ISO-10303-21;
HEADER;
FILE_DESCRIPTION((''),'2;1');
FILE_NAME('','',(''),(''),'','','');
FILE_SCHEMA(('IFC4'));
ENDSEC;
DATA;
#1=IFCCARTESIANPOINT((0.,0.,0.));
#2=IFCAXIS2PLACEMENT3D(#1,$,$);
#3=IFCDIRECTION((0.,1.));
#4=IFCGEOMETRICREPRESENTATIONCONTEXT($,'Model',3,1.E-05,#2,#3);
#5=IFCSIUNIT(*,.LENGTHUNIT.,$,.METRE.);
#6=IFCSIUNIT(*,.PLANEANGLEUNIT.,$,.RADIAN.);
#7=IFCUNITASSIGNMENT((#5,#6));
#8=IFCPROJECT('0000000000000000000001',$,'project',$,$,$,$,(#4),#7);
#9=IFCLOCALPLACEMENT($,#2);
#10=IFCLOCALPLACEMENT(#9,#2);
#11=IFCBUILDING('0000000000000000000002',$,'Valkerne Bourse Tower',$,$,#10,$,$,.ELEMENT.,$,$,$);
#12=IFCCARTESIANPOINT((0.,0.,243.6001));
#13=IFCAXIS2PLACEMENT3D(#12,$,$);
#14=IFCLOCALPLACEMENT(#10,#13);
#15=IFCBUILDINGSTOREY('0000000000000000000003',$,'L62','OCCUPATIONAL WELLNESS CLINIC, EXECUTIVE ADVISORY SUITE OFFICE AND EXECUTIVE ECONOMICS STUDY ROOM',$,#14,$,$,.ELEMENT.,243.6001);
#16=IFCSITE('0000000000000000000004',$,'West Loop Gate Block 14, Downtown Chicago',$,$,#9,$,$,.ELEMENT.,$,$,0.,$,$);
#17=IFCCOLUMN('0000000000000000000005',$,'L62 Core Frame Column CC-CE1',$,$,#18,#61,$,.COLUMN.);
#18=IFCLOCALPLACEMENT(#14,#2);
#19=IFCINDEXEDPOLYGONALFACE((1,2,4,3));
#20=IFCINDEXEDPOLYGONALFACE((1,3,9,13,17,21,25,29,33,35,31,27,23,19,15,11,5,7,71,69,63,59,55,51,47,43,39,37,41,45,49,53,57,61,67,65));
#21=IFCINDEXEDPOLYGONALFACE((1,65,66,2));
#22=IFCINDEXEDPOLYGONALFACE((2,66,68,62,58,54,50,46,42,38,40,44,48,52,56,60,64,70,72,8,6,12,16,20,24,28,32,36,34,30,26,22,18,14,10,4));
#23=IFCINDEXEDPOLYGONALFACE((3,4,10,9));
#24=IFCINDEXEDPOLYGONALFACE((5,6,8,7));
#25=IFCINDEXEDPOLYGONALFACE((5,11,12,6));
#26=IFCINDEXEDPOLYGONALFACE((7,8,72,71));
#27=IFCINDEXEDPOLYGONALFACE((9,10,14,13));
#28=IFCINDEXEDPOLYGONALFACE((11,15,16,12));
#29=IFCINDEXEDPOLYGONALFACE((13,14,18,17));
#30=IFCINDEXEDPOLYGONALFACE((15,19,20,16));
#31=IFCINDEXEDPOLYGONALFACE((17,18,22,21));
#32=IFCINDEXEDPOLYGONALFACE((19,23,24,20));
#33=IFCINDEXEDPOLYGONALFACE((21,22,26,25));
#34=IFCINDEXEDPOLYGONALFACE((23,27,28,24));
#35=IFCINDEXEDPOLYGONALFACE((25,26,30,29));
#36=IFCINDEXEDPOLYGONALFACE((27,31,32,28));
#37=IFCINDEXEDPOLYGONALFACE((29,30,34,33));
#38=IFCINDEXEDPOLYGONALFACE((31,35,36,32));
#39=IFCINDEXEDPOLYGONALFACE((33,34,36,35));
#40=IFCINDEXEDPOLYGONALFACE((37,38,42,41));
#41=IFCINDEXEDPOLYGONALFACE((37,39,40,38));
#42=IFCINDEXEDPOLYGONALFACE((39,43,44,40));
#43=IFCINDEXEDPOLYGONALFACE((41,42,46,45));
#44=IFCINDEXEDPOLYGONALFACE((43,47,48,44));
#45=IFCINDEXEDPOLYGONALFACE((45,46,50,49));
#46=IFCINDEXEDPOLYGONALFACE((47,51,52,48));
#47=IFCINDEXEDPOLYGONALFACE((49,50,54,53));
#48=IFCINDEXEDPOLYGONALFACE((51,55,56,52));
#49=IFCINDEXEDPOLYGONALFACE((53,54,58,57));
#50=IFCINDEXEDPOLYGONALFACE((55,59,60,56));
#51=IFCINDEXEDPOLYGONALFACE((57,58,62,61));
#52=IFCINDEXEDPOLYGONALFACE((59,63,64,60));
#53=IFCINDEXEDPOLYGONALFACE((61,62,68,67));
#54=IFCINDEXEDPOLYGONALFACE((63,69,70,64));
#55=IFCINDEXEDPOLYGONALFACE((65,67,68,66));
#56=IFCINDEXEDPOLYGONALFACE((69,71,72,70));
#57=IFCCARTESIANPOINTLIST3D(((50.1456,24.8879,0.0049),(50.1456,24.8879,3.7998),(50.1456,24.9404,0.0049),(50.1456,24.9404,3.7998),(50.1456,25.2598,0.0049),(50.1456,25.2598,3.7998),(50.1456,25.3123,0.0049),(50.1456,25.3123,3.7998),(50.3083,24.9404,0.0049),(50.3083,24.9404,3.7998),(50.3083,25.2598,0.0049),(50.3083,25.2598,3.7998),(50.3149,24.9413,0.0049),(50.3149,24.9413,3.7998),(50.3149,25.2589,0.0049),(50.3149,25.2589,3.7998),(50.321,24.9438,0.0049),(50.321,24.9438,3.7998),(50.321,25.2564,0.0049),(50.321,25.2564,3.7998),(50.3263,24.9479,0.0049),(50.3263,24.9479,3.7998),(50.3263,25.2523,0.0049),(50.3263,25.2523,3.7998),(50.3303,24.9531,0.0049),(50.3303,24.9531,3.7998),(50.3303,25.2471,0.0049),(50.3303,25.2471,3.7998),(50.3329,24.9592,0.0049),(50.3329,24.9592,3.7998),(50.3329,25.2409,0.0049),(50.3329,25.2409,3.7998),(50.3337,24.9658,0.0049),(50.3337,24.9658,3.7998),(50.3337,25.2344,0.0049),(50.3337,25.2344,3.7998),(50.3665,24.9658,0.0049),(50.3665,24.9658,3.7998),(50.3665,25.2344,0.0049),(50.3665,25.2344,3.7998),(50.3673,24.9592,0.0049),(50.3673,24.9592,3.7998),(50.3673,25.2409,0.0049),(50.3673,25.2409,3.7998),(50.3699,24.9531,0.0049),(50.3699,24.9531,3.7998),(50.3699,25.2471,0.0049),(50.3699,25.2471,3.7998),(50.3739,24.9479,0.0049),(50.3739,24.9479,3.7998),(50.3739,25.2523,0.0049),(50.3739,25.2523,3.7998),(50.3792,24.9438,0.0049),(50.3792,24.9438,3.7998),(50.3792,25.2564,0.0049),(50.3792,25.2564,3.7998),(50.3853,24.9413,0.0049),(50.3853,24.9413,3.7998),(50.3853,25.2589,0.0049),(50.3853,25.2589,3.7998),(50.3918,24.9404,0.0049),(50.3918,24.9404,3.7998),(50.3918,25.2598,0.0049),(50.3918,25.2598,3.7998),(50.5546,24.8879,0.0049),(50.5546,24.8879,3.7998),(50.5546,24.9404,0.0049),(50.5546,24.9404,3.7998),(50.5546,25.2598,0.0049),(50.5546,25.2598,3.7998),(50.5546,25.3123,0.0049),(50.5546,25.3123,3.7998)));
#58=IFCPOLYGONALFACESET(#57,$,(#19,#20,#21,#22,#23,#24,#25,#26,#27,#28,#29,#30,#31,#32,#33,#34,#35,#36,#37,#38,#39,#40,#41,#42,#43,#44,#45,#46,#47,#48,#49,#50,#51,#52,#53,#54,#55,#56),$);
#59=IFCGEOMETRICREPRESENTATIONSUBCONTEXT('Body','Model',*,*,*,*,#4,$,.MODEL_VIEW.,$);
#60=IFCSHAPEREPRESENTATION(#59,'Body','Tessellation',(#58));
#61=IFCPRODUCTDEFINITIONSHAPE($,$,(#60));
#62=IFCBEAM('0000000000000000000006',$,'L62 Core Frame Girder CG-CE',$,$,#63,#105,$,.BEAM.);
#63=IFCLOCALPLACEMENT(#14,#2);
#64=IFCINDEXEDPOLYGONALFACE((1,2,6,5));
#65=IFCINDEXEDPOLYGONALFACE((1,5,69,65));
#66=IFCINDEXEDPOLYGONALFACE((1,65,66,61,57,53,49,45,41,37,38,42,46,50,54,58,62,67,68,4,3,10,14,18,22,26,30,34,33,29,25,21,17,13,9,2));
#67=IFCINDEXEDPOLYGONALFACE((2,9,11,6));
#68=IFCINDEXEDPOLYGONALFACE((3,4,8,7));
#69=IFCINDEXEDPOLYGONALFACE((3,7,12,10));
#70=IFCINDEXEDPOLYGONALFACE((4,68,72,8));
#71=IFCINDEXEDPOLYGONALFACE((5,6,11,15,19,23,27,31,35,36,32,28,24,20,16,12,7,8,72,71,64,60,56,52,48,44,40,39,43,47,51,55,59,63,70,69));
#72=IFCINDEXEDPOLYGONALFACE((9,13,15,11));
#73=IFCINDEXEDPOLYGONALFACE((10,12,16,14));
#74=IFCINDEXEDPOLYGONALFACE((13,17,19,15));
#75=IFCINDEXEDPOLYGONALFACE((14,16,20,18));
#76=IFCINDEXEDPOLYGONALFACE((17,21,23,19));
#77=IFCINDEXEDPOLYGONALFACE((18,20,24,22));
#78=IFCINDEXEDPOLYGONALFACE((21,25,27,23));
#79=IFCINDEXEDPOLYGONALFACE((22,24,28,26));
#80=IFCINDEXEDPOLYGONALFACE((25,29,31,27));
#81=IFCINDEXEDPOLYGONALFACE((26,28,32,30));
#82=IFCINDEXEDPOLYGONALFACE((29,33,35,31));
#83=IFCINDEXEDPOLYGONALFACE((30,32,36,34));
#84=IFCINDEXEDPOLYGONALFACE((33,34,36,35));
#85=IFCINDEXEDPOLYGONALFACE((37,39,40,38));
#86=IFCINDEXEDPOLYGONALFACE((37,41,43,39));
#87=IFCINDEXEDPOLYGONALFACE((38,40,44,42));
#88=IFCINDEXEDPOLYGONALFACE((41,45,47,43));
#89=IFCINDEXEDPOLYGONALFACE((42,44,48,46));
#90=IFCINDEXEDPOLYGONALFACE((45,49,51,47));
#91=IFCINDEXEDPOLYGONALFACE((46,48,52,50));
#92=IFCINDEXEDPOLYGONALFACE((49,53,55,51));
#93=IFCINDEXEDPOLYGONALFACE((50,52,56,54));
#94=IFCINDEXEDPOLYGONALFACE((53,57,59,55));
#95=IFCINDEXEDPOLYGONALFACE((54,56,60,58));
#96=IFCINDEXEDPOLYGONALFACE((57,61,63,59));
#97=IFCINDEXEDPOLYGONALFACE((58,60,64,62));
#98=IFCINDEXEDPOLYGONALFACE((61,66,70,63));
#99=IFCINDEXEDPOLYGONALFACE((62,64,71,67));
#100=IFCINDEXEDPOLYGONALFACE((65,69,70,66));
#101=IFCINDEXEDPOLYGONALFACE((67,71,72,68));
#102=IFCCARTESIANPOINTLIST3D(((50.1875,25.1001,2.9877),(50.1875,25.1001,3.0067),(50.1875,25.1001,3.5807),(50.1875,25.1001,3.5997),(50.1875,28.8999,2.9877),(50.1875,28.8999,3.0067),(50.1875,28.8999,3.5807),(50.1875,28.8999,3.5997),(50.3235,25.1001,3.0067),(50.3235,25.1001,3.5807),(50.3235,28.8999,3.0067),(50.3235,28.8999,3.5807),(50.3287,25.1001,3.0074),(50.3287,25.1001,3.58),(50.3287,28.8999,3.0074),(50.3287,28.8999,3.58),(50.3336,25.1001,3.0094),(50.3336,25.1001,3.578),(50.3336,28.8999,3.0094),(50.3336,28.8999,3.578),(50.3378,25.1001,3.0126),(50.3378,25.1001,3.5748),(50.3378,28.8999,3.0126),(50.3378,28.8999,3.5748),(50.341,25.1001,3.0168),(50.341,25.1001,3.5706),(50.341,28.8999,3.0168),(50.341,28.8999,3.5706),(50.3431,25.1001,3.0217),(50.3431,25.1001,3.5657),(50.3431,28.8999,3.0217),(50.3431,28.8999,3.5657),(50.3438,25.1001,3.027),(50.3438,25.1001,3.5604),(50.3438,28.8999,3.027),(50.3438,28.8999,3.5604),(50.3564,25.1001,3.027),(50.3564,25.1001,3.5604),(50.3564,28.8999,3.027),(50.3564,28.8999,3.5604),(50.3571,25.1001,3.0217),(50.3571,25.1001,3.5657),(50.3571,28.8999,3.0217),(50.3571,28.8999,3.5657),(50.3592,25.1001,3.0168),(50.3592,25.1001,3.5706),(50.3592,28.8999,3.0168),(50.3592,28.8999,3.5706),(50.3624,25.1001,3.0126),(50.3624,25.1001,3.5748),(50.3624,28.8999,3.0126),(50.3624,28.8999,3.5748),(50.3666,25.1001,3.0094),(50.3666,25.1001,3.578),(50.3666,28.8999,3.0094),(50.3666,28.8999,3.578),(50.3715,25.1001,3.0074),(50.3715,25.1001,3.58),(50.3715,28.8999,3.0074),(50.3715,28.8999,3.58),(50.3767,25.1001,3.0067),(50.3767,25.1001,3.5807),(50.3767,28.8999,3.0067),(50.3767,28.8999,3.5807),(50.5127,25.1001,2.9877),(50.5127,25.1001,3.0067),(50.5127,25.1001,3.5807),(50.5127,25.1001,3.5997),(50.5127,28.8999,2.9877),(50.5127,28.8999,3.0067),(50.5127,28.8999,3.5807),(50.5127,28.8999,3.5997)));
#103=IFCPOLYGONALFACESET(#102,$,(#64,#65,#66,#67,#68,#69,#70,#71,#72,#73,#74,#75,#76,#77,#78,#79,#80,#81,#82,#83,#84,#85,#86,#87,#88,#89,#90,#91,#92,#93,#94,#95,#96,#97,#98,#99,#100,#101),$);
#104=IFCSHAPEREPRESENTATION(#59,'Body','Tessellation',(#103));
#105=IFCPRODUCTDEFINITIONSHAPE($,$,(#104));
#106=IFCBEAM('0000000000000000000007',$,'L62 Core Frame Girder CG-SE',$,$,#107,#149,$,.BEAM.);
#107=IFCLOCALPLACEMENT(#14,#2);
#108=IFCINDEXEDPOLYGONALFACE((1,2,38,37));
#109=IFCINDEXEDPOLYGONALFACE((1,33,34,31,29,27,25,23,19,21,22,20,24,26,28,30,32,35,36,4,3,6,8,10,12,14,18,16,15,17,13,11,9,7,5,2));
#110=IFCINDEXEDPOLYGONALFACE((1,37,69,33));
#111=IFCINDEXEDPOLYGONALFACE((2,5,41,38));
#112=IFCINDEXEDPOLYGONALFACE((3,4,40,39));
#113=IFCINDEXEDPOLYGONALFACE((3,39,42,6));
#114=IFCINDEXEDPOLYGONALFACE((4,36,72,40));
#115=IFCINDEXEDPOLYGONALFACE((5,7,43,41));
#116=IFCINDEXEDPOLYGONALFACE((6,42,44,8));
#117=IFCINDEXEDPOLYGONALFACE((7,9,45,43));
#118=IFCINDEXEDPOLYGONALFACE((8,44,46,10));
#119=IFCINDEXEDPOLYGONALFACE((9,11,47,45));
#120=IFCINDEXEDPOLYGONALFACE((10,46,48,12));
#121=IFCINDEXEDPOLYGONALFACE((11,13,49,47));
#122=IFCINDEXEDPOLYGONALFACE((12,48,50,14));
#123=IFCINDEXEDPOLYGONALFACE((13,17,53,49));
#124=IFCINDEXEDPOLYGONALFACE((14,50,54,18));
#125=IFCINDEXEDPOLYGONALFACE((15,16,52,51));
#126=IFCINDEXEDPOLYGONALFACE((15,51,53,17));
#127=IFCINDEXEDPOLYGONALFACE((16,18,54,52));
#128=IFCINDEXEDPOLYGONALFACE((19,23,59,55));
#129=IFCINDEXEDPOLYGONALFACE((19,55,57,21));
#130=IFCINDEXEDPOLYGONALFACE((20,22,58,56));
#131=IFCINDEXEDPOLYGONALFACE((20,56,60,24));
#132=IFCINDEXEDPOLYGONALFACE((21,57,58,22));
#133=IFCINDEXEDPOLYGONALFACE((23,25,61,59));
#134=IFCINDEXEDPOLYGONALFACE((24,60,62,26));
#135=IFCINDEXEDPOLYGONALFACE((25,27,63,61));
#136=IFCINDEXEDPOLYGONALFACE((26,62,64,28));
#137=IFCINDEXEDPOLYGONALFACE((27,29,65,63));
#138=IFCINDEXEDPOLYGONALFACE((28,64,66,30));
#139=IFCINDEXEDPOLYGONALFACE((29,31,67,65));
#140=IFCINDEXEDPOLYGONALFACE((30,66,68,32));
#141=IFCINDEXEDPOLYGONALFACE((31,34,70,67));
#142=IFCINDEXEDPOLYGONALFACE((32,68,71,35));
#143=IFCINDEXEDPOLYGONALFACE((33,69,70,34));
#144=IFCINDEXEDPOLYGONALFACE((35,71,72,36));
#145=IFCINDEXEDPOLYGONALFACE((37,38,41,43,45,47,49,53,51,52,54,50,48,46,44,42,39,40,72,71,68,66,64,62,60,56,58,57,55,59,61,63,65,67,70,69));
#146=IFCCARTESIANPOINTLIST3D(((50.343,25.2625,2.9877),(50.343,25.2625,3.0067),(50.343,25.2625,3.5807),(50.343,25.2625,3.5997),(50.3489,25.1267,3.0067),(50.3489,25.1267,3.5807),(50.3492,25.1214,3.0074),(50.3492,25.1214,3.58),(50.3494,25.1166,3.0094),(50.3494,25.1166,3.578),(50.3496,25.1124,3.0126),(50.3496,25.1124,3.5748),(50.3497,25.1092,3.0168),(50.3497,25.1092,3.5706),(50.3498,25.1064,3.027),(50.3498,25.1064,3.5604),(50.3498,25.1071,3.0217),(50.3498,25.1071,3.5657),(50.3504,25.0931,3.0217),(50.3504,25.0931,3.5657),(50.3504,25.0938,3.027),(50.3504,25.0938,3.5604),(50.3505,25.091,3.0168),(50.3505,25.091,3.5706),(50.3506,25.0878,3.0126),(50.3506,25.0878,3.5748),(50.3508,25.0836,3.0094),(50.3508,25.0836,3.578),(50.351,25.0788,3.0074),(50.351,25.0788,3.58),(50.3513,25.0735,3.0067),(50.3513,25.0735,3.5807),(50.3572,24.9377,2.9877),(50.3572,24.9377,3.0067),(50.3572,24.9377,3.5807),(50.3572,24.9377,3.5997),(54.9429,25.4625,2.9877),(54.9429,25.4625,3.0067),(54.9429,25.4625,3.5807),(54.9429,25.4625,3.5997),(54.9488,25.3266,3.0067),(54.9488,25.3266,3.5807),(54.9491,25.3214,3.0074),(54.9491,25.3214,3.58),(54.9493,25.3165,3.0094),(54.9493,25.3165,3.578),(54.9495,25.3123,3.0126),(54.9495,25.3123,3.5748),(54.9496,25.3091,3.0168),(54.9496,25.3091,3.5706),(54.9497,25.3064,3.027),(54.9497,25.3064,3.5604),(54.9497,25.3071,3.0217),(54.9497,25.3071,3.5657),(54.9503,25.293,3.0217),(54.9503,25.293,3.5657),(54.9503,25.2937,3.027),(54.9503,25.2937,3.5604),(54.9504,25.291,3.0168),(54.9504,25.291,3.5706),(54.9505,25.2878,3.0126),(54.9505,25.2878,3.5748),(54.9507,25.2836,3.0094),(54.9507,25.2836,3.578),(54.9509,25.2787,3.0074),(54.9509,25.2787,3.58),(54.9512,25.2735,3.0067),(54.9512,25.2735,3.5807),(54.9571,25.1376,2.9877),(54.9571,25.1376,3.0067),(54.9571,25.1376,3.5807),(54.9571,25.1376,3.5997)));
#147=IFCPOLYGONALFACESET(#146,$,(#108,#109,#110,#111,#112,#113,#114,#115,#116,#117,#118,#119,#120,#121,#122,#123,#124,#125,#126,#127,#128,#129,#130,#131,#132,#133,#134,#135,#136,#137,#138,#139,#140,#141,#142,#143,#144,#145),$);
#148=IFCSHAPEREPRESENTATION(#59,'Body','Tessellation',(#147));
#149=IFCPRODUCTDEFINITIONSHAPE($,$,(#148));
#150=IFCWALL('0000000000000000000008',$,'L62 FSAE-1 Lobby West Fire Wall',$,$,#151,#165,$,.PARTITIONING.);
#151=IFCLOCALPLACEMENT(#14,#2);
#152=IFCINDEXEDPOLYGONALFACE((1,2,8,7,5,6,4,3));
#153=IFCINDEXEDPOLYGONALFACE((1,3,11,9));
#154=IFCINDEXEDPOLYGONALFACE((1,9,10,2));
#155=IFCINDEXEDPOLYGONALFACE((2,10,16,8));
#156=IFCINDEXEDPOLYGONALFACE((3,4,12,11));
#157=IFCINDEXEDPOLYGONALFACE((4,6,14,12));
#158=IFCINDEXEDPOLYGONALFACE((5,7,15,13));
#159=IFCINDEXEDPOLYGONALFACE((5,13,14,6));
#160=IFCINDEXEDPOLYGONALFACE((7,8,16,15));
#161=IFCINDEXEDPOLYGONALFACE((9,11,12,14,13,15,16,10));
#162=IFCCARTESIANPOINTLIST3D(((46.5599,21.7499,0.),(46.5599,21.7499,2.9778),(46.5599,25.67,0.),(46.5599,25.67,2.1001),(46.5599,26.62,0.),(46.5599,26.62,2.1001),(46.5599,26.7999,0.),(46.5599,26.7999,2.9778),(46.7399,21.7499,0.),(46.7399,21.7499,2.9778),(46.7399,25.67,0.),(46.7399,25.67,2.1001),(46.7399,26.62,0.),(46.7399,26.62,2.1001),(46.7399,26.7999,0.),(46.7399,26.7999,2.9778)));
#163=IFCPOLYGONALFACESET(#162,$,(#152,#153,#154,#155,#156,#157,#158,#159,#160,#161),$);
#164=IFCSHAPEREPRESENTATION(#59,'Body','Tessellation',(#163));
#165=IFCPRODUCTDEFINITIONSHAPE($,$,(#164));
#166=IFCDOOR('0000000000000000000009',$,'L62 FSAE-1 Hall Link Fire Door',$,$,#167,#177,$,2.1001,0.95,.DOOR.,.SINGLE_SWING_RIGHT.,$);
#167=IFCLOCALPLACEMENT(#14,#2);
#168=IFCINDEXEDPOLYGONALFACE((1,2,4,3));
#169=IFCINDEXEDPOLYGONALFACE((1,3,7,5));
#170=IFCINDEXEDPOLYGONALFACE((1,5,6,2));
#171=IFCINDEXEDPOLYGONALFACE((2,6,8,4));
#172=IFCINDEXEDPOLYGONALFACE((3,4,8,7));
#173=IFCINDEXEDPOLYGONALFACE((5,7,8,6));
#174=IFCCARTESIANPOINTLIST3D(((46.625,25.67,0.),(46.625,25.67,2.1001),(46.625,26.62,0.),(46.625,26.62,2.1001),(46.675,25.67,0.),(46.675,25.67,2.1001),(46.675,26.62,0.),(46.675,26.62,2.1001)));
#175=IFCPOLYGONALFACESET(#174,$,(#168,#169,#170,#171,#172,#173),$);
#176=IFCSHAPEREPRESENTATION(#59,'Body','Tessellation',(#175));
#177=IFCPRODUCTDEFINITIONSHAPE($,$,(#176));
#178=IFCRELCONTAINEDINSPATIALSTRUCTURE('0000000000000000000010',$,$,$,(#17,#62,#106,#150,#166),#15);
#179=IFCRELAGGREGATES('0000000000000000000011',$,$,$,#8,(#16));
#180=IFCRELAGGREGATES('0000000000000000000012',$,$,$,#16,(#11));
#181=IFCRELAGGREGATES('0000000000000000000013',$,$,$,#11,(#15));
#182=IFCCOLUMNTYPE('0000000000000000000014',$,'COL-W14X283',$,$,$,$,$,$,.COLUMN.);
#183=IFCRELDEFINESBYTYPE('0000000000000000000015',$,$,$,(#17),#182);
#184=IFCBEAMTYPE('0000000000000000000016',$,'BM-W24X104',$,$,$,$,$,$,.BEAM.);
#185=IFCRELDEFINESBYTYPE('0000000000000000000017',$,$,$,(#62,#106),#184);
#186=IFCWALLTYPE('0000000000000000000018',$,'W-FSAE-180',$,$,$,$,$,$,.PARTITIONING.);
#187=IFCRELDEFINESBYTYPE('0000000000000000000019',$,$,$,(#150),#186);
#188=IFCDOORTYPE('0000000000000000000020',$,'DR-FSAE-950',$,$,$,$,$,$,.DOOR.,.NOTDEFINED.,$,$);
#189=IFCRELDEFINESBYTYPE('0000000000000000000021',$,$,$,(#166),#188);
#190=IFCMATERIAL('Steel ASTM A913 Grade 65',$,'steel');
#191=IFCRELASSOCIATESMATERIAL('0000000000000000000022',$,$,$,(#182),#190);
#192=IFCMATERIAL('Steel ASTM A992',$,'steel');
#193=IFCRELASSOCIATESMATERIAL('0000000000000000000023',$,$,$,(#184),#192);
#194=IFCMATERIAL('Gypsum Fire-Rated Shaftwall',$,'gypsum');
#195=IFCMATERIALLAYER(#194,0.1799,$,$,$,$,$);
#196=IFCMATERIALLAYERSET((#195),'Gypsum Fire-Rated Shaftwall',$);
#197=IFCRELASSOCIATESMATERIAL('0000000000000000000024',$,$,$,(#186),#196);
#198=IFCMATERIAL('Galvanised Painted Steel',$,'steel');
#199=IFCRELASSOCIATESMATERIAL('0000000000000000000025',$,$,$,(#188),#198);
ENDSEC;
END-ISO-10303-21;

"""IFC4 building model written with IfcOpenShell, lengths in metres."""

from ifc_helpers import new_model, si_unit, direction, frame, frame_2d, origin, origin_2d, place, context, subcontext, project, spatial, rectangle, i_section, extrude, material, layer, layer_set, material_profile, profile_set, type_object, element, fill, save


model = new_model("IFC4")

# Units and contexts
model_context = context("Model", 3, precision=1e-05, world=origin(), true_north=direction((0.0, 1.0)))
body_context = subcontext(model_context, "Body", "Model", "MODEL_VIEW")
ifc_project = project(units=[si_unit("LENGTHUNIT", "METRE"), si_unit("PLANEANGLEUNIT", "RADIAN")], contexts=[model_context])

# Site, building, storey
site_placement = place(None, origin())
site = spatial("IfcSite", under=ifc_project, at=site_placement, Name="West Loop Gate Block 14, Downtown Chicago", CompositionType="ELEMENT", RefElevation=0.0)
building_placement = place(site_placement, origin())
building = spatial("IfcBuilding", under=site, at=building_placement, Name="Valkerne Bourse Tower", CompositionType="ELEMENT")
storey_placement = place(building_placement, frame((0.0, 0.0, 243.6001)))
storey = spatial("IfcBuildingStorey", under=building, at=storey_placement, Name="L62", Description="OCCUPATIONAL WELLNESS CLINIC, EXECUTIVE ADVISORY SUITE OFFICE AND EXECUTIVE ECONOMICS STUDY ROOM", CompositionType="ELEMENT", Elevation=243.6001)

# Column
ifc_material_1 = material(Name="Steel ASTM A913 Grade 65", Category="steel")
ifc_material_profile_1 = material_profile(ifc_material_1, i_section(OverallWidth=0.4089, OverallDepth=0.4243, WebThickness=0.0327, FlangeThickness=0.0525, FilletRadius=0.0254, at=origin_2d()), Name="W14X283")
ifc_profile_set_1 = profile_set([ifc_material_profile_1], Name="Steel ASTM A913 Grade 65")
column_type = type_object("IfcColumnType", Name="COL-W14X283", PredefinedType="COLUMN", material=ifc_profile_set_1)
column_placement = place(storey_placement, frame((50.3501, 25.1001, 0.0049), z_axis=(0.0, 0.0, 1.0), x_axis=(1.0, 0.0, 0.0)))
element("IfcColumn", 1, at=column_placement, inside=storey, type_object=column_type, Name="L62 Core Frame Column CC-CE1", PredefinedType="COLUMN", context=body_context, shape_type="SweptSolid", body=[
    extrude(i_section(OverallWidth=0.4089, OverallDepth=0.4243, WebThickness=0.0327, FlangeThickness=0.0525, FilletRadius=0.0254, at=origin_2d()), origin(), (0.0, 0.0, 1.0), 3.7949),
])

# Beams
ifc_material_2 = material(Name="Steel ASTM A992", Category="steel")
ifc_material_profile_2 = material_profile(ifc_material_2, i_section(OverallWidth=0.3252, OverallDepth=0.6121, WebThickness=0.0127, FlangeThickness=0.019, FilletRadius=0.0203, at=origin_2d()), Name="W24X104")
ifc_profile_set_2 = profile_set([ifc_material_profile_2], Name="Steel ASTM A992")
beam_type = type_object("IfcBeamType", Name="BM-W24X104", PredefinedType="BEAM", material=ifc_profile_set_2)
beam_1_placement = place(storey_placement, frame((50.3501, 25.1001, 3.2937), z_axis=(0.0, 1.0, 0.0), x_axis=(-1.0, 0.0, 0.0)))
element("IfcBeam", 2, at=beam_1_placement, inside=storey, type_object=beam_type, Name="L62 Core Frame Girder CG-CE", PredefinedType="BEAM", context=body_context, shape_type="SweptSolid", body=[
    extrude(i_section(OverallWidth=0.3252, OverallDepth=0.6121, WebThickness=0.0127, FlangeThickness=0.019, FilletRadius=0.0203, at=origin_2d()), origin(), (0.0, 0.0, 1.0), 3.7998),
])
beam_2_placement = place(storey_placement, frame((50.3501, 25.1001, 3.2937), z_axis=(0.999057, 0.043428, 0.0), x_axis=(-0.043428, 0.999057, 0.0)))
element("IfcBeam", 3, at=beam_2_placement, inside=storey, type_object=beam_type, Name="L62 Core Frame Girder CG-SE", PredefinedType="BEAM", context=body_context, shape_type="SweptSolid", body=[
    extrude(i_section(OverallWidth=0.3252, OverallDepth=0.6121, WebThickness=0.0127, FlangeThickness=0.019, FilletRadius=0.0203, at=origin_2d()), origin(), (0.0, 0.0, 1.0), 4.6042),
])

# Wall, opening, door
ifc_material_3 = material(Name="Gypsum Fire-Rated Shaftwall", Category="gypsum")
ifc_layer_1 = layer(ifc_material_3, 0.1799)
ifc_layer_set_1 = layer_set([ifc_layer_1], Name="Gypsum Fire-Rated Shaftwall")
wall_type_1 = type_object("IfcWallType", Name="W-FSAE-180", PredefinedType="PARTITIONING", material=ifc_layer_set_1)
wall_1_placement = place(storey_placement, frame((46.6499, 21.75, 0.0), z_axis=(0.0, 0.0, 1.0), x_axis=(0.0, 1.0, 0.0)))
wall_1 = element("IfcWall", 4, at=wall_1_placement, inside=storey, type_object=wall_type_1, Name="L62 FSAE-1 Lobby West Fire Wall", PredefinedType="PARTITIONING", context=body_context, shape_type="SweptSolid", body=[
    extrude(rectangle(XDim=5.05, YDim=0.1799, at=frame_2d((2.5249, 0.0))), origin(), (0.0, 0.0, 1.0), 2.9778),
])
opening_1_placement = place(wall_1_placement, frame((3.9199, 0.0, 0.0)))
opening_1 = element("IfcOpeningElement", 5, at=opening_1_placement, cuts=wall_1, PredefinedType="OPENING", context=body_context, shape_type="SweptSolid", body=[
    extrude(rectangle(XDim=0.95, YDim=2.1001, at=frame_2d((0.4751, 1.05))), frame((0.0, 0.0999, 0.0), z_axis=(0.0, -1.0, 0.0), x_axis=(1.0, 0.0, 0.0)), (0.0, 0.0, 1.0), 0.2),
])
ifc_material_4 = material(Name="Galvanised Painted Steel", Category="steel")
door_type_1 = type_object("IfcDoorType", Name="DR-FSAE-950", OperationType="NOTDEFINED", PredefinedType="DOOR", material=ifc_material_4)
door_1_placement = place(opening_1_placement, origin())
door_1 = element("IfcDoor", 6, at=door_1_placement, inside=storey, type_object=door_type_1, Name="L62 FSAE-1 Hall Link Fire Door", OperationType="SINGLE_SWING_RIGHT", OverallHeight=2.1001, OverallWidth=0.95, PredefinedType="DOOR", context=body_context, shape_type="SweptSolid", body=[
    extrude(rectangle(XDim=0.95, YDim=2.1001, at=frame_2d((0.4751, 1.05))), frame((0.0, 0.0249, 0.0), z_axis=(0.0, -1.0, 0.0), x_axis=(1.0, 0.0, 0.0)), (0.0, 0.0, 1.0), 0.05),
])
fill(opening_1, door_1)

save(model, "model.ifc")
